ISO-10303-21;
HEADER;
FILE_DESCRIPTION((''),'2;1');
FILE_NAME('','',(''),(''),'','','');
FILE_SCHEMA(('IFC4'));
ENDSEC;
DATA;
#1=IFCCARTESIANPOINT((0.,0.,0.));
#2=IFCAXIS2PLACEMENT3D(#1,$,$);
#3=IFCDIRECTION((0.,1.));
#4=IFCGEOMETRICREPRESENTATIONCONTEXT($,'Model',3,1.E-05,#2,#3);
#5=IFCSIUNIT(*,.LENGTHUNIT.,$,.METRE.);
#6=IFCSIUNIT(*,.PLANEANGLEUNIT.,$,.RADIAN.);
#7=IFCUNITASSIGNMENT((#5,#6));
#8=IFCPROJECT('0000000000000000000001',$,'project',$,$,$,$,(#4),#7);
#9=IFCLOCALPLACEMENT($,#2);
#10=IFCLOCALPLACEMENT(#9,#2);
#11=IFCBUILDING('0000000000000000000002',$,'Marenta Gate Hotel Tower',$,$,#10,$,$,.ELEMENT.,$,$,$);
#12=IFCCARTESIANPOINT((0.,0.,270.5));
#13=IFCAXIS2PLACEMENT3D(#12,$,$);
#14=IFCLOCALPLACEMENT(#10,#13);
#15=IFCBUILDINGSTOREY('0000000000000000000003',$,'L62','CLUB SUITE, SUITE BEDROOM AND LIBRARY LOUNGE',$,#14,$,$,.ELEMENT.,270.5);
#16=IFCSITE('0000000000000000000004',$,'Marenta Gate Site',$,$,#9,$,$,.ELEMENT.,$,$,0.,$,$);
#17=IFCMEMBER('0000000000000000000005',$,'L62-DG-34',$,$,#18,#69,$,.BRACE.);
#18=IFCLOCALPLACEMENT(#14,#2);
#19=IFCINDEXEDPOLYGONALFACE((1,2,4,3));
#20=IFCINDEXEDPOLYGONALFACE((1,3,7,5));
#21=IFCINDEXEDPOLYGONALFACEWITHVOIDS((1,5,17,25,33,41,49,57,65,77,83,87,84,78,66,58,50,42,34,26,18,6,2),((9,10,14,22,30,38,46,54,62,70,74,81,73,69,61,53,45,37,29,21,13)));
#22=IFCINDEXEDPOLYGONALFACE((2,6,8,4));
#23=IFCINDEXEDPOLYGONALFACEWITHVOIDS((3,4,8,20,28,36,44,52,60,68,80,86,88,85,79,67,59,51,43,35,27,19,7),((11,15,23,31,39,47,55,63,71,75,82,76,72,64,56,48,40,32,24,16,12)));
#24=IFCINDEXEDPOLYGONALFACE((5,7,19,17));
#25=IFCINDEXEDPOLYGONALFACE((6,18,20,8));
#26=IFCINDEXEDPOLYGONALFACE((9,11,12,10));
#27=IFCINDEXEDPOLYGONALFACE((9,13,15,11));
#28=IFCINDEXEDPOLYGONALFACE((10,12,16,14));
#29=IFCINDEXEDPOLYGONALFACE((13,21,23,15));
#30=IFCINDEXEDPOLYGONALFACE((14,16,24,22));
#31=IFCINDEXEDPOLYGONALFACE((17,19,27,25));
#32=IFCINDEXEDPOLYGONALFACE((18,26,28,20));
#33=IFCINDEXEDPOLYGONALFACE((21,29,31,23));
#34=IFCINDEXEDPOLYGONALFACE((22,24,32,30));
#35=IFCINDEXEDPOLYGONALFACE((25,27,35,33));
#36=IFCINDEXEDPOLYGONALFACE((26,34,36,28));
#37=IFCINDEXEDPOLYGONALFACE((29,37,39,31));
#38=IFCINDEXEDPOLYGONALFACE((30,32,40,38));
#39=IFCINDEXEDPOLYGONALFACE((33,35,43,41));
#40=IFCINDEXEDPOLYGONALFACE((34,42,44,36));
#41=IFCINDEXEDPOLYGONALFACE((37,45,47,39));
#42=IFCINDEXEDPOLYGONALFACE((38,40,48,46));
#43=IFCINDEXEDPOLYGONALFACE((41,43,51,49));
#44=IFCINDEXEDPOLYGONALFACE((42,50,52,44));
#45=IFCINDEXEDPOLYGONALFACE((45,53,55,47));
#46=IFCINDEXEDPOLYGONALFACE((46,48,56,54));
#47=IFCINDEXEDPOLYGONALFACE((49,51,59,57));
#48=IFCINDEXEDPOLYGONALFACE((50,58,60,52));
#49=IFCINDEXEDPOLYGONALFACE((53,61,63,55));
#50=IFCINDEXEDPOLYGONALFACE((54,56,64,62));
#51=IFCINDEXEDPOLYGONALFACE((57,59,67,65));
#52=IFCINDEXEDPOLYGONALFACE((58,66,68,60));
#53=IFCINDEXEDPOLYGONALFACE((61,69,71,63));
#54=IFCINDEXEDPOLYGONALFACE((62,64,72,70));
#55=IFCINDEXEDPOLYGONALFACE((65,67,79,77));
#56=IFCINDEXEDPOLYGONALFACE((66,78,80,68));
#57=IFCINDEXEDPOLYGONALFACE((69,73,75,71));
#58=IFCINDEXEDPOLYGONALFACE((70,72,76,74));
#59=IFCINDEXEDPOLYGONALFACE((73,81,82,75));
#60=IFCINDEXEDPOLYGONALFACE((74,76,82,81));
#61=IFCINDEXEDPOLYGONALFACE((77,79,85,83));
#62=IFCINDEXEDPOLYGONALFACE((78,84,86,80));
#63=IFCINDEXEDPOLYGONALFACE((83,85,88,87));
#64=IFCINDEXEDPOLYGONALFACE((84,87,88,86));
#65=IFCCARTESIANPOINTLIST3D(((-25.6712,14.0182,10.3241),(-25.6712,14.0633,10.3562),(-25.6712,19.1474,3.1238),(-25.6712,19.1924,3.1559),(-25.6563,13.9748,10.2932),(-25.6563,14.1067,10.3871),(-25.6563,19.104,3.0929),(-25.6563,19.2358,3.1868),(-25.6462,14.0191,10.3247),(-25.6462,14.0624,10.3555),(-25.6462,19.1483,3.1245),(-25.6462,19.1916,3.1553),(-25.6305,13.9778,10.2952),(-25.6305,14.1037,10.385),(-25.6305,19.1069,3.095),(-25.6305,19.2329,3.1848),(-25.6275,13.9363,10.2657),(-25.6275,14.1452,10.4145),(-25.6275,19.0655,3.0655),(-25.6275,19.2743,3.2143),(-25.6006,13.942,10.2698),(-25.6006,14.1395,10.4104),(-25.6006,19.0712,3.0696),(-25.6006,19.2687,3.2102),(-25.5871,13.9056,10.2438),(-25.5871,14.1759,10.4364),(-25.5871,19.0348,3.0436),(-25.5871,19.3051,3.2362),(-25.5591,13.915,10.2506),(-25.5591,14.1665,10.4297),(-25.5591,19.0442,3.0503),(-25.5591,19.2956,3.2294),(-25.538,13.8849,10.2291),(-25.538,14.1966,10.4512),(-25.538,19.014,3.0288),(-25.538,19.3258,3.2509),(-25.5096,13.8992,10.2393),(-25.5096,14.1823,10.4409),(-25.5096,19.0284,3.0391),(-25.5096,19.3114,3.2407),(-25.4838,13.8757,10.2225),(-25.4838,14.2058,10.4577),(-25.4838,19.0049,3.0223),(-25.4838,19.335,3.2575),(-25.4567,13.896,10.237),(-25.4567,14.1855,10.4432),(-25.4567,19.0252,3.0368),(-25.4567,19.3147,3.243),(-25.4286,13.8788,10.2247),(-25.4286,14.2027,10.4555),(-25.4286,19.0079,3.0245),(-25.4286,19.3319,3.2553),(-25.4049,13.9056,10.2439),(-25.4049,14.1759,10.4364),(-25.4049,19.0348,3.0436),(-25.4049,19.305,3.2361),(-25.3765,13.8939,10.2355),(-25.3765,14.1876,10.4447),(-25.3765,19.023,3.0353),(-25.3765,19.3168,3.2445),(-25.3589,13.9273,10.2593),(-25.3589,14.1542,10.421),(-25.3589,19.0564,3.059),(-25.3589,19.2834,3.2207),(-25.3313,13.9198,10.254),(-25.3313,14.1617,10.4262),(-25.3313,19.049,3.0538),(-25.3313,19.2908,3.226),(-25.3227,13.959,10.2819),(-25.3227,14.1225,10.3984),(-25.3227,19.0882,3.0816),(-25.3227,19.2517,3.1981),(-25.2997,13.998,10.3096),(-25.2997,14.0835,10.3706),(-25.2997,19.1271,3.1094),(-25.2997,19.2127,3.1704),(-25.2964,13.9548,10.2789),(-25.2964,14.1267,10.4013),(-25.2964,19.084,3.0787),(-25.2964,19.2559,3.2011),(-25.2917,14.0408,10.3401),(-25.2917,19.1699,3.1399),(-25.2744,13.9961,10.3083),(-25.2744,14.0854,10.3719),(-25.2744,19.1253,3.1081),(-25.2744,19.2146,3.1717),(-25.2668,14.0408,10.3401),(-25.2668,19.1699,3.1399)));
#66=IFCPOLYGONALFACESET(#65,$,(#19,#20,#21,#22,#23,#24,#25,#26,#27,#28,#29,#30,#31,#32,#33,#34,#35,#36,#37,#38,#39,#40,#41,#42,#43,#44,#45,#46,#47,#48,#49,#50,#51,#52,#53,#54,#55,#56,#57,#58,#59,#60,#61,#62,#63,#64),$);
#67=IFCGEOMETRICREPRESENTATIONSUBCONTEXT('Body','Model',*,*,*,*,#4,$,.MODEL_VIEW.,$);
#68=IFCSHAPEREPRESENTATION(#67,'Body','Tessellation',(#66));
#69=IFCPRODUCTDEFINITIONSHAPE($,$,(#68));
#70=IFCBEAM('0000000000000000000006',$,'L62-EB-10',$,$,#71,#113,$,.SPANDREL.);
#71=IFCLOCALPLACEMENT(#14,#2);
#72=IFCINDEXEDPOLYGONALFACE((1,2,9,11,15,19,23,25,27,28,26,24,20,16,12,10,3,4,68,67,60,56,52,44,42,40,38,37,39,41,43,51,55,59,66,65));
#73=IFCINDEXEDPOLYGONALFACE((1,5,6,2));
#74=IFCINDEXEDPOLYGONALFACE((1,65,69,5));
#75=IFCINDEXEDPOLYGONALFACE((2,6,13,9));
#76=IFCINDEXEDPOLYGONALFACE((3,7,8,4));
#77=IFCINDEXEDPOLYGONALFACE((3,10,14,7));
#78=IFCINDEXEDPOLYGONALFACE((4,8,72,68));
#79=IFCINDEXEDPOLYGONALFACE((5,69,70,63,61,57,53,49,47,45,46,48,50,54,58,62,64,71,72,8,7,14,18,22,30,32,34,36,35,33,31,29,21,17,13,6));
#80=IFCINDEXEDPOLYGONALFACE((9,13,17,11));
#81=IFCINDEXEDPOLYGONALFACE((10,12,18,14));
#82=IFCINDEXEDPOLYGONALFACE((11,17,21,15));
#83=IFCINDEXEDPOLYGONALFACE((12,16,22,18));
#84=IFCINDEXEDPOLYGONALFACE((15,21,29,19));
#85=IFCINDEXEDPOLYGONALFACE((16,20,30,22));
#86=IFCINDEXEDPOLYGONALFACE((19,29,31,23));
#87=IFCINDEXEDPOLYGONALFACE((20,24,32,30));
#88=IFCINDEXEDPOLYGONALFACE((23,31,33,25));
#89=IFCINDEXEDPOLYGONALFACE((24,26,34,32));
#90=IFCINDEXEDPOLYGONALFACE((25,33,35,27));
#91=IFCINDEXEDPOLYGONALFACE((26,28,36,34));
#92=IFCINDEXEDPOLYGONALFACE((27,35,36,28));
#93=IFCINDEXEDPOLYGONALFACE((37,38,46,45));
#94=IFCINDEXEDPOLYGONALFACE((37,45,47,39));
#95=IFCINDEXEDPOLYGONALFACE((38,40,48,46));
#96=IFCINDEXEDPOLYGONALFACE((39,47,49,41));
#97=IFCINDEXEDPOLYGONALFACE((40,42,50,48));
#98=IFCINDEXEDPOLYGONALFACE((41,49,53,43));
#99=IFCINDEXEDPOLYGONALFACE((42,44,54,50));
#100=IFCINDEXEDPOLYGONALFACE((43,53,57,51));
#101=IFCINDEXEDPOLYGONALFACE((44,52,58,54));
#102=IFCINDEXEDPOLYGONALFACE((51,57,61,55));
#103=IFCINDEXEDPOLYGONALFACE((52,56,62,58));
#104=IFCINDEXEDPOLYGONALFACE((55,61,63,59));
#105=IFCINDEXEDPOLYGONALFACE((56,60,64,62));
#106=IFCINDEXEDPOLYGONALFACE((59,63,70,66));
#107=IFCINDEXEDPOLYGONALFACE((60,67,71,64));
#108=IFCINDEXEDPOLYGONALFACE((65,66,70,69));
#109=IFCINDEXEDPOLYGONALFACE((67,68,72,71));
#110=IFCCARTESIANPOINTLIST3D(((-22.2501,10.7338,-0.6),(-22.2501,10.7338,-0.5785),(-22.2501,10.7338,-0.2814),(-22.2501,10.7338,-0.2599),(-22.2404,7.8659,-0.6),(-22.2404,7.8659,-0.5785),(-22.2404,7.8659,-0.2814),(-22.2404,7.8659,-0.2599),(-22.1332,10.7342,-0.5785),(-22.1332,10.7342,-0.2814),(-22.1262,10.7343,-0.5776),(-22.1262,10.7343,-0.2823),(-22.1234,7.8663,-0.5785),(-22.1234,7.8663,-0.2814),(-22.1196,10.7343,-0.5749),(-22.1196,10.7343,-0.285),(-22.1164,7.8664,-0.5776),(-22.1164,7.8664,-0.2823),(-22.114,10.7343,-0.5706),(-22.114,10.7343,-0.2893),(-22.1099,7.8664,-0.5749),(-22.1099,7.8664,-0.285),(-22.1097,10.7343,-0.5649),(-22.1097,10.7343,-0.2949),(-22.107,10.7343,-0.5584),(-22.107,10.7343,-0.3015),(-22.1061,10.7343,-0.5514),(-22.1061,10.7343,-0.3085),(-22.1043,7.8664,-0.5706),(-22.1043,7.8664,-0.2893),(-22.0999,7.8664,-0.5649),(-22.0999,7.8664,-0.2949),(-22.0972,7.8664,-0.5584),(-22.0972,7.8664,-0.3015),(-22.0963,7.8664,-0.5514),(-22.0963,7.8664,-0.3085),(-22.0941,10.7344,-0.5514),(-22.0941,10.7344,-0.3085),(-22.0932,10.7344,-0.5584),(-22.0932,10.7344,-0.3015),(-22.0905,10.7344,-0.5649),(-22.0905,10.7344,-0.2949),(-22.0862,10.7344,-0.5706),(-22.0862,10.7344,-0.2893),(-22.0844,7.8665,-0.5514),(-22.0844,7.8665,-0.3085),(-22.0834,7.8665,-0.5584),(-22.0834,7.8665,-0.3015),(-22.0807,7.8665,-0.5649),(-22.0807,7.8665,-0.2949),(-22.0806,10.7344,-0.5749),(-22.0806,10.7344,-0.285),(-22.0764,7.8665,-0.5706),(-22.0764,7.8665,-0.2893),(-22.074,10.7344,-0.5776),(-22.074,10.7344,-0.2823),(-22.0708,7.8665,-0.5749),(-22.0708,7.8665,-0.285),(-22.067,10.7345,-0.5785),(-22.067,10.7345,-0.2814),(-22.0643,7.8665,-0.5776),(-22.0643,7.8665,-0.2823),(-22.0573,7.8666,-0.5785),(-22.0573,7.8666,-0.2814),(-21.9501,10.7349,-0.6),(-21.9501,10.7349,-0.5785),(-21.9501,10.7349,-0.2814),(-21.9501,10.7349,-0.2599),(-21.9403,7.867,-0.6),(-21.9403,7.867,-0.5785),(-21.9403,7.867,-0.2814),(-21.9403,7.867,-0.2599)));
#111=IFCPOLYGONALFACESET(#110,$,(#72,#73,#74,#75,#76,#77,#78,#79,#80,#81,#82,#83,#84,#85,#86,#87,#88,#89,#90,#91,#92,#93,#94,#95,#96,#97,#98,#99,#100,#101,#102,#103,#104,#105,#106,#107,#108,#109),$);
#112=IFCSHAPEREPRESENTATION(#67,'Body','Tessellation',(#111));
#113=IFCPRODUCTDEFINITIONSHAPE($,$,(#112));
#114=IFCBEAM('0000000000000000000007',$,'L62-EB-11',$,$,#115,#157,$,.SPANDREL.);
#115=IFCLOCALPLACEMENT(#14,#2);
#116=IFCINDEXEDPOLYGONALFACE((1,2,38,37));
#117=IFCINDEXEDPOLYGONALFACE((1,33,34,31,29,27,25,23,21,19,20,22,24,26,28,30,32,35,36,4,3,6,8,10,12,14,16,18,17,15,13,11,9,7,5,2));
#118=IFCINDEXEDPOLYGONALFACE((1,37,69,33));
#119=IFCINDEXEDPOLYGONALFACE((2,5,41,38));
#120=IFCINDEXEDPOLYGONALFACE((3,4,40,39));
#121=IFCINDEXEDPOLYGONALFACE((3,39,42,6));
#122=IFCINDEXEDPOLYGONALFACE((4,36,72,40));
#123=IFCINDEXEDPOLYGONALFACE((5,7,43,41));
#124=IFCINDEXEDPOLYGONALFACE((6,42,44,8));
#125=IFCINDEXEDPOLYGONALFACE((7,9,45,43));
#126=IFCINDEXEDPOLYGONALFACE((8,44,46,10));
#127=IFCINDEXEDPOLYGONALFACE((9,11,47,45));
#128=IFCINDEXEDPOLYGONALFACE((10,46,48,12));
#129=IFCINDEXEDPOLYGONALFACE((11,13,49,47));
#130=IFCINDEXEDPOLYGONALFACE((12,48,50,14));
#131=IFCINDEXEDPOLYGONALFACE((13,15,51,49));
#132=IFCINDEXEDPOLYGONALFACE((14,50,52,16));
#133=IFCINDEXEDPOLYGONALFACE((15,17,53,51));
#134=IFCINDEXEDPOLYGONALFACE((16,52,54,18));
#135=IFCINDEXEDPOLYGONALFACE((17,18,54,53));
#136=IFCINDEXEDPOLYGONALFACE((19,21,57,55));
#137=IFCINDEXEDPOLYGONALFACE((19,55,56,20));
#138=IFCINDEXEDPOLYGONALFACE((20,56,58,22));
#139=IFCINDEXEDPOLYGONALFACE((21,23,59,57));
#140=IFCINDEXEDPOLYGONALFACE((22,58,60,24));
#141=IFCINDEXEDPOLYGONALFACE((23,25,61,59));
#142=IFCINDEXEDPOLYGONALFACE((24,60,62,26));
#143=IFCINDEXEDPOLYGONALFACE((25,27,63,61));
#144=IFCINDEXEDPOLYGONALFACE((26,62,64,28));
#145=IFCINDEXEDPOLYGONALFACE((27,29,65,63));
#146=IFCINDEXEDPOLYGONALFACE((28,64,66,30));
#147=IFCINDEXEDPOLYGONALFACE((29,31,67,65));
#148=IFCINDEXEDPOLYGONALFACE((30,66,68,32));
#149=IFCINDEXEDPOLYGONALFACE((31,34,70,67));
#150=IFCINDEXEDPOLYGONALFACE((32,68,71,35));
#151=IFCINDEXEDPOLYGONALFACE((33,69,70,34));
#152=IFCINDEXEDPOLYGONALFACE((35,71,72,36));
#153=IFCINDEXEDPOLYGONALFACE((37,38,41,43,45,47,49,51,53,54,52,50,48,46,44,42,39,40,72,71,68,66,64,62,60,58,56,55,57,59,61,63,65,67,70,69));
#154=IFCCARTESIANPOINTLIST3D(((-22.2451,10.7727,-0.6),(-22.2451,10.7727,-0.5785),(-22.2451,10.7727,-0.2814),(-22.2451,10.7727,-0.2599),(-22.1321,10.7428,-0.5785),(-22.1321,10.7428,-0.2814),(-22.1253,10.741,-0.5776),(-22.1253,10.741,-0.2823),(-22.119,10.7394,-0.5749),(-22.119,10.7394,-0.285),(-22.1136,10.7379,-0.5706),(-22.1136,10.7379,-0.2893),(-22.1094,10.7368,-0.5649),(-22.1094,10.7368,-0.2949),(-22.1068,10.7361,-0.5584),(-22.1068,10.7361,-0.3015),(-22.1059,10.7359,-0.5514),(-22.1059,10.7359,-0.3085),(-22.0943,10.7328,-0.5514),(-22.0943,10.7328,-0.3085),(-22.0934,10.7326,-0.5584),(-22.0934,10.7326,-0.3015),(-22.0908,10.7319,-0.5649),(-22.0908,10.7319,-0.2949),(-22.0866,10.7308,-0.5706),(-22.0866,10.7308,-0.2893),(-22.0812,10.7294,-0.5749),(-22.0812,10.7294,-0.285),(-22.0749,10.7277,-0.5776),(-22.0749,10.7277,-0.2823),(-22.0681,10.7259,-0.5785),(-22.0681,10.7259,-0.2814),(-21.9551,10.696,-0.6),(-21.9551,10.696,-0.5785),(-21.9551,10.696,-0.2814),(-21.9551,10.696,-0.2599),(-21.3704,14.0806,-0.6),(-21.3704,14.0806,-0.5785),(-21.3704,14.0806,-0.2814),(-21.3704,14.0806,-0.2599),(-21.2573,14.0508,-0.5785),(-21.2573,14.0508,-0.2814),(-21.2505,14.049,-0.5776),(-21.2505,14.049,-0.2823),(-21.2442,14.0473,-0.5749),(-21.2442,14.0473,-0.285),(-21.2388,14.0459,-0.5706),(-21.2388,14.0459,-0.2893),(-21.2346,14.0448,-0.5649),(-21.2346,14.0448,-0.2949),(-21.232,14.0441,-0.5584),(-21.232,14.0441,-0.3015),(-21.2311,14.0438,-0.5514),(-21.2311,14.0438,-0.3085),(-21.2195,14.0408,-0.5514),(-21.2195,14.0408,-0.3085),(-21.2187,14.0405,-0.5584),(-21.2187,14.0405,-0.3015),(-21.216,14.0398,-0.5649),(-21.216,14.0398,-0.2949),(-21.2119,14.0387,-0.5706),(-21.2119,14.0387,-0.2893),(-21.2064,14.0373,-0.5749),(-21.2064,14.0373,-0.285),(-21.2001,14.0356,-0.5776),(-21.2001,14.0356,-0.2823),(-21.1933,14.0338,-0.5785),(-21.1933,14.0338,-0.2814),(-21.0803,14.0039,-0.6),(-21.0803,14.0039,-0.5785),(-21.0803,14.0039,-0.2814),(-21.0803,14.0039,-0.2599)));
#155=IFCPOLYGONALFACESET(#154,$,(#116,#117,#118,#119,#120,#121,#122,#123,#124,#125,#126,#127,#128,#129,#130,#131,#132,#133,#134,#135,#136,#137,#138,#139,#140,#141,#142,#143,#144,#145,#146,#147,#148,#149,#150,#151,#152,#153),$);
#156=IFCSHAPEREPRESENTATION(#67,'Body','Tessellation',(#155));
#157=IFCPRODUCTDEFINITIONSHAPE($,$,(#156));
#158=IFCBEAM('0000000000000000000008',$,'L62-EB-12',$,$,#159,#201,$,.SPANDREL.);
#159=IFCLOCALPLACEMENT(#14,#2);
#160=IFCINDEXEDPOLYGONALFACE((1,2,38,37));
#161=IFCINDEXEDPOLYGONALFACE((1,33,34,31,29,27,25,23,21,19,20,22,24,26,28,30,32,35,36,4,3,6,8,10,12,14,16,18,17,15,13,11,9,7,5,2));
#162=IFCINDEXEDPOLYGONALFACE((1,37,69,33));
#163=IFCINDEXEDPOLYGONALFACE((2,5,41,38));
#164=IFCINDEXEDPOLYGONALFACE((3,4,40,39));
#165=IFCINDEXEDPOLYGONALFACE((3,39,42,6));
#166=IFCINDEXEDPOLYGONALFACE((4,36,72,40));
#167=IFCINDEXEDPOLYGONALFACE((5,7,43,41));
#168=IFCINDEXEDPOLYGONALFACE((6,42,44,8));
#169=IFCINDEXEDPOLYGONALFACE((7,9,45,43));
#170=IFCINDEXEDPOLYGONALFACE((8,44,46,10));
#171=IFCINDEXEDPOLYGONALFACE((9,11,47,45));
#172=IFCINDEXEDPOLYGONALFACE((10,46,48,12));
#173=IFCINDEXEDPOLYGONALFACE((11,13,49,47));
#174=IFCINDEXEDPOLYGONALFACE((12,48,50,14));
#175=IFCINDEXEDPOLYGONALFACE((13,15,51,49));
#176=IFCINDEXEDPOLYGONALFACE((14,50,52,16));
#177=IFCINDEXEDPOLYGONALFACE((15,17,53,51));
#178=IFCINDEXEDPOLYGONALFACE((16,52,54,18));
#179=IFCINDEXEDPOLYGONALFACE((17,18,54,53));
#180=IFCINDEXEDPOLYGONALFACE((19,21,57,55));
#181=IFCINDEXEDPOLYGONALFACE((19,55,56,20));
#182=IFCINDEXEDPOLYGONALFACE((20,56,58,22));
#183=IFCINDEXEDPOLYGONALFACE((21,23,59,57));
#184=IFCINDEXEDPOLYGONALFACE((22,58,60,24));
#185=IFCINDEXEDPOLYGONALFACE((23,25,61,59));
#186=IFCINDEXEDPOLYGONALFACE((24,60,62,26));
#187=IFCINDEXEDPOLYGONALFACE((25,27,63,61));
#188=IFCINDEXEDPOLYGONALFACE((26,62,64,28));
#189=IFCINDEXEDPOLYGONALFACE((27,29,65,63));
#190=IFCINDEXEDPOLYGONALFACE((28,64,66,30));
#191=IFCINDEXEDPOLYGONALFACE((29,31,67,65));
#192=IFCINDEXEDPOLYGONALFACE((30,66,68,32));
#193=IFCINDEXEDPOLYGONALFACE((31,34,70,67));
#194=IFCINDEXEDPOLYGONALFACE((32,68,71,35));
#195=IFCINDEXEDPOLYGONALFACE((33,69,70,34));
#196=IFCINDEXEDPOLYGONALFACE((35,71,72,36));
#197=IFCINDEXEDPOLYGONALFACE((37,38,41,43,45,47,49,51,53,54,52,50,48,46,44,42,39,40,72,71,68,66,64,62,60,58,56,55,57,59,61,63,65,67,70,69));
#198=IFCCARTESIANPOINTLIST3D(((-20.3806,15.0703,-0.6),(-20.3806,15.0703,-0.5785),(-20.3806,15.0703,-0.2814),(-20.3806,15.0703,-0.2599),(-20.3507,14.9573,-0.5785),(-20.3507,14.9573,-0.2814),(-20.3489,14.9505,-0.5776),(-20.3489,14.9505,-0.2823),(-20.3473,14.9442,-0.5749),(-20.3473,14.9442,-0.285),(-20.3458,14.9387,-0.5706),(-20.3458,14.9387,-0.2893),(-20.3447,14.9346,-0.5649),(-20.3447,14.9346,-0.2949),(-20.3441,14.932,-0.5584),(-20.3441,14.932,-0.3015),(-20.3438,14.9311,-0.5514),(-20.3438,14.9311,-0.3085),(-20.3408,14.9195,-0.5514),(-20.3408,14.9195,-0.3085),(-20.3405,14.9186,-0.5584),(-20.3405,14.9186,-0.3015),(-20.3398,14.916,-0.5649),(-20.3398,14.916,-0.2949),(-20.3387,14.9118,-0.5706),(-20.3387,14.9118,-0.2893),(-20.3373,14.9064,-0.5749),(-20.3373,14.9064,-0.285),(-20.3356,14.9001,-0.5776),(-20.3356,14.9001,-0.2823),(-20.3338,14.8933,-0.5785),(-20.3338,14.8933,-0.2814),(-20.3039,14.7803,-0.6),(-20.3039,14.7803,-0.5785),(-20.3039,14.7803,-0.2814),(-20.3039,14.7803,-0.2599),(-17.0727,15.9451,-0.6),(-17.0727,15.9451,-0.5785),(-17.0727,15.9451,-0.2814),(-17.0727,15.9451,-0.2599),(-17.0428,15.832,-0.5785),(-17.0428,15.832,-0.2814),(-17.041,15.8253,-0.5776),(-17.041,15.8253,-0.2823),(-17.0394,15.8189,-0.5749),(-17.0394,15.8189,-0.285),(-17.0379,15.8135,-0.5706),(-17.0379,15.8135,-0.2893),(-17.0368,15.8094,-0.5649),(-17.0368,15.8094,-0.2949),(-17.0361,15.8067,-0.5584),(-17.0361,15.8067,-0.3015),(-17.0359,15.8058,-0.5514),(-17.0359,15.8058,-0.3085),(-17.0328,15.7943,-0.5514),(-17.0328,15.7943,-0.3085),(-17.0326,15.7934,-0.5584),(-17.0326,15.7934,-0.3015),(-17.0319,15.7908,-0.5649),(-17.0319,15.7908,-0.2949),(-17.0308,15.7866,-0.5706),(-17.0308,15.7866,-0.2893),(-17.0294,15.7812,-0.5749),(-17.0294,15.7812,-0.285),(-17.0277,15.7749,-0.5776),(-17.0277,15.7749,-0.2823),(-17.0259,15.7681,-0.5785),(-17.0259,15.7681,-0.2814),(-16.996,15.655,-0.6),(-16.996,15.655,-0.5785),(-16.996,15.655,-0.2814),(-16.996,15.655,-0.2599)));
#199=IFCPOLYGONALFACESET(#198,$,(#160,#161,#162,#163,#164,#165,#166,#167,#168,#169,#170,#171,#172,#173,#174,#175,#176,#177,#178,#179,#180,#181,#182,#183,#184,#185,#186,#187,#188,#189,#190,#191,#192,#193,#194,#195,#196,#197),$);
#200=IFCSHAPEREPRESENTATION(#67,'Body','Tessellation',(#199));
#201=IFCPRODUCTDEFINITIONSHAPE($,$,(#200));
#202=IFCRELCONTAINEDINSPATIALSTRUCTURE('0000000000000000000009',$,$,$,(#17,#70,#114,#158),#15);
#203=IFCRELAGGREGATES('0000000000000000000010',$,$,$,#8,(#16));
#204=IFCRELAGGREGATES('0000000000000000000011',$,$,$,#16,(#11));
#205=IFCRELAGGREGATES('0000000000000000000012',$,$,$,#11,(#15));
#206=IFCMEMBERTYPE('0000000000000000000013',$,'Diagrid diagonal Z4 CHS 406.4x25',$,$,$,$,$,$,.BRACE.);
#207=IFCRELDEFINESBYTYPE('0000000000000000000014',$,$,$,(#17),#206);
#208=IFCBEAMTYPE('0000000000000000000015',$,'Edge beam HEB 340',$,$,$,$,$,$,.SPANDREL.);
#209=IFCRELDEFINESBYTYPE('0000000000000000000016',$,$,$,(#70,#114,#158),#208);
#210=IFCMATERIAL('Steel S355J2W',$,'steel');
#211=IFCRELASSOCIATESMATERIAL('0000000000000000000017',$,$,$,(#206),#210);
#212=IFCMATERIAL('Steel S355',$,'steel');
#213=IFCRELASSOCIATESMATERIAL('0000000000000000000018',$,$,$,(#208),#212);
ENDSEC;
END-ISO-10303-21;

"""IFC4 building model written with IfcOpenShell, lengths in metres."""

from ifc_helpers import new_model, si_unit, direction, frame, origin, origin_2d, place, context, subcontext, project, spatial, hollow_circle, i_section, extrude, material, material_profile, profile_set, type_object, element, save


model = new_model("IFC4")

# Units and contexts
model_context = context("Model", 3, precision=1e-05, world=origin(), true_north=direction((0.0, 1.0)))
body_context = subcontext(model_context, "Body", "Model", "MODEL_VIEW")
ifc_project = project(units=[si_unit("LENGTHUNIT", "METRE"), si_unit("PLANEANGLEUNIT", "RADIAN")], contexts=[model_context])

# Site, building, storey
site_placement = place(None, origin())
site = spatial("IfcSite", under=ifc_project, at=site_placement, Name="Marenta Gate Site", CompositionType="ELEMENT", RefElevation=0.0)
building_placement = place(site_placement, origin())
building = spatial("IfcBuilding", under=site, at=building_placement, Name="Marenta Gate Hotel Tower", CompositionType="ELEMENT")
storey_placement = place(building_placement, frame((0.0, 0.0, 270.5)))
storey = spatial("IfcBuildingStorey", under=building, at=storey_placement, Name="L62", Description="CLUB SUITE, SUITE BEDROOM AND LIBRARY LOUNGE", CompositionType="ELEMENT", Elevation=270.5)

# Member
ifc_material_1 = material(Name="Steel S355J2W", Category="steel")
ifc_material_profile_1 = material_profile(ifc_material_1, hollow_circle(Radius=0.2031, WallThickness=0.0249, at=origin_2d()), Name="CHS 406.4x25")
ifc_profile_set_1 = profile_set([ifc_material_profile_1], Name="Steel S355J2W")
member_type_1 = type_object("IfcMemberType", Name="Diagrid diagonal Z4 CHS 406.4x25", PredefinedType="BRACE", material=ifc_profile_set_1)
for number, where, z_axis, x_axis, name in (
    (1, (-25.47, 19.1699, 3.1399), (0.0, -0.580201, 0.814474), (1.0, 0.0, 0.0), "L62-DG-34"),
):
    element("IfcMember", number, at=place(storey_placement, frame(where, z_axis=z_axis, x_axis=x_axis)), inside=storey, type_object=member_type_1, Name=name, PredefinedType="BRACE", context=body_context, shape_type="SweptSolid", body=[
        extrude(hollow_circle(Radius=0.2031, WallThickness=0.0249, at=origin_2d()), origin(), (0.0, 0.0, 1.0), 8.8403),
    ])

# Beams
ifc_material_2 = material(Name="Steel S355", Category="steel")
ifc_material_profile_2 = material_profile(ifc_material_2, i_section(OverallWidth=0.3, OverallDepth=0.3401, WebThickness=0.012, FlangeThickness=0.0215, FilletRadius=0.0271, at=origin_2d()), Name="HEB 340")
ifc_profile_set_2 = profile_set([ifc_material_profile_2], Name="Steel S355")
beam_type_1 = type_object("IfcBeamType", Name="Edge beam HEB 340", PredefinedType="SPANDREL", material=ifc_profile_set_2)
beam_1_placement = place(storey_placement, frame((-22.0903, 7.8665, -0.4299), z_axis=(-0.003405, 0.999994, 0.0), x_axis=(-0.999994, -0.003405, 0.0)))
element("IfcBeam", 2, at=beam_1_placement, inside=storey, type_object=beam_type_1, Name="L62-EB-10", PredefinedType="SPANDREL", context=body_context, shape_type="SweptSolid", body=[
    extrude(i_section(OverallWidth=0.3, OverallDepth=0.3401, WebThickness=0.012, FlangeThickness=0.0215, FilletRadius=0.0271, at=origin_2d()), origin(), (0.0, 0.0, 1.0), 2.8679),
])
for number, where, z_axis, x_axis, name in (
    (3, (-22.1001, 10.7344, -0.4299), (0.255659, 0.966767, 0.0), (-0.966767, 0.255659, 0.0), "L62-EB-11"),
    (4, (-20.3423, 14.9253, -0.4299), (0.966767, 0.255659, 0.0), (-0.255659, 0.966767, 0.0), "L62-EB-12"),
):
    element("IfcBeam", number, at=place(storey_placement, frame(where, z_axis=z_axis, x_axis=x_axis)), inside=storey, type_object=beam_type_1, Name=name, PredefinedType="SPANDREL", context=body_context, shape_type="SweptSolid", body=[
        extrude(i_section(OverallWidth=0.3, OverallDepth=0.3401, WebThickness=0.012, FlangeThickness=0.0215, FilletRadius=0.0271, at=origin_2d()), origin(), (0.0, 0.0, 1.0), 3.4216),
    ])

save(model, "model.ifc")
